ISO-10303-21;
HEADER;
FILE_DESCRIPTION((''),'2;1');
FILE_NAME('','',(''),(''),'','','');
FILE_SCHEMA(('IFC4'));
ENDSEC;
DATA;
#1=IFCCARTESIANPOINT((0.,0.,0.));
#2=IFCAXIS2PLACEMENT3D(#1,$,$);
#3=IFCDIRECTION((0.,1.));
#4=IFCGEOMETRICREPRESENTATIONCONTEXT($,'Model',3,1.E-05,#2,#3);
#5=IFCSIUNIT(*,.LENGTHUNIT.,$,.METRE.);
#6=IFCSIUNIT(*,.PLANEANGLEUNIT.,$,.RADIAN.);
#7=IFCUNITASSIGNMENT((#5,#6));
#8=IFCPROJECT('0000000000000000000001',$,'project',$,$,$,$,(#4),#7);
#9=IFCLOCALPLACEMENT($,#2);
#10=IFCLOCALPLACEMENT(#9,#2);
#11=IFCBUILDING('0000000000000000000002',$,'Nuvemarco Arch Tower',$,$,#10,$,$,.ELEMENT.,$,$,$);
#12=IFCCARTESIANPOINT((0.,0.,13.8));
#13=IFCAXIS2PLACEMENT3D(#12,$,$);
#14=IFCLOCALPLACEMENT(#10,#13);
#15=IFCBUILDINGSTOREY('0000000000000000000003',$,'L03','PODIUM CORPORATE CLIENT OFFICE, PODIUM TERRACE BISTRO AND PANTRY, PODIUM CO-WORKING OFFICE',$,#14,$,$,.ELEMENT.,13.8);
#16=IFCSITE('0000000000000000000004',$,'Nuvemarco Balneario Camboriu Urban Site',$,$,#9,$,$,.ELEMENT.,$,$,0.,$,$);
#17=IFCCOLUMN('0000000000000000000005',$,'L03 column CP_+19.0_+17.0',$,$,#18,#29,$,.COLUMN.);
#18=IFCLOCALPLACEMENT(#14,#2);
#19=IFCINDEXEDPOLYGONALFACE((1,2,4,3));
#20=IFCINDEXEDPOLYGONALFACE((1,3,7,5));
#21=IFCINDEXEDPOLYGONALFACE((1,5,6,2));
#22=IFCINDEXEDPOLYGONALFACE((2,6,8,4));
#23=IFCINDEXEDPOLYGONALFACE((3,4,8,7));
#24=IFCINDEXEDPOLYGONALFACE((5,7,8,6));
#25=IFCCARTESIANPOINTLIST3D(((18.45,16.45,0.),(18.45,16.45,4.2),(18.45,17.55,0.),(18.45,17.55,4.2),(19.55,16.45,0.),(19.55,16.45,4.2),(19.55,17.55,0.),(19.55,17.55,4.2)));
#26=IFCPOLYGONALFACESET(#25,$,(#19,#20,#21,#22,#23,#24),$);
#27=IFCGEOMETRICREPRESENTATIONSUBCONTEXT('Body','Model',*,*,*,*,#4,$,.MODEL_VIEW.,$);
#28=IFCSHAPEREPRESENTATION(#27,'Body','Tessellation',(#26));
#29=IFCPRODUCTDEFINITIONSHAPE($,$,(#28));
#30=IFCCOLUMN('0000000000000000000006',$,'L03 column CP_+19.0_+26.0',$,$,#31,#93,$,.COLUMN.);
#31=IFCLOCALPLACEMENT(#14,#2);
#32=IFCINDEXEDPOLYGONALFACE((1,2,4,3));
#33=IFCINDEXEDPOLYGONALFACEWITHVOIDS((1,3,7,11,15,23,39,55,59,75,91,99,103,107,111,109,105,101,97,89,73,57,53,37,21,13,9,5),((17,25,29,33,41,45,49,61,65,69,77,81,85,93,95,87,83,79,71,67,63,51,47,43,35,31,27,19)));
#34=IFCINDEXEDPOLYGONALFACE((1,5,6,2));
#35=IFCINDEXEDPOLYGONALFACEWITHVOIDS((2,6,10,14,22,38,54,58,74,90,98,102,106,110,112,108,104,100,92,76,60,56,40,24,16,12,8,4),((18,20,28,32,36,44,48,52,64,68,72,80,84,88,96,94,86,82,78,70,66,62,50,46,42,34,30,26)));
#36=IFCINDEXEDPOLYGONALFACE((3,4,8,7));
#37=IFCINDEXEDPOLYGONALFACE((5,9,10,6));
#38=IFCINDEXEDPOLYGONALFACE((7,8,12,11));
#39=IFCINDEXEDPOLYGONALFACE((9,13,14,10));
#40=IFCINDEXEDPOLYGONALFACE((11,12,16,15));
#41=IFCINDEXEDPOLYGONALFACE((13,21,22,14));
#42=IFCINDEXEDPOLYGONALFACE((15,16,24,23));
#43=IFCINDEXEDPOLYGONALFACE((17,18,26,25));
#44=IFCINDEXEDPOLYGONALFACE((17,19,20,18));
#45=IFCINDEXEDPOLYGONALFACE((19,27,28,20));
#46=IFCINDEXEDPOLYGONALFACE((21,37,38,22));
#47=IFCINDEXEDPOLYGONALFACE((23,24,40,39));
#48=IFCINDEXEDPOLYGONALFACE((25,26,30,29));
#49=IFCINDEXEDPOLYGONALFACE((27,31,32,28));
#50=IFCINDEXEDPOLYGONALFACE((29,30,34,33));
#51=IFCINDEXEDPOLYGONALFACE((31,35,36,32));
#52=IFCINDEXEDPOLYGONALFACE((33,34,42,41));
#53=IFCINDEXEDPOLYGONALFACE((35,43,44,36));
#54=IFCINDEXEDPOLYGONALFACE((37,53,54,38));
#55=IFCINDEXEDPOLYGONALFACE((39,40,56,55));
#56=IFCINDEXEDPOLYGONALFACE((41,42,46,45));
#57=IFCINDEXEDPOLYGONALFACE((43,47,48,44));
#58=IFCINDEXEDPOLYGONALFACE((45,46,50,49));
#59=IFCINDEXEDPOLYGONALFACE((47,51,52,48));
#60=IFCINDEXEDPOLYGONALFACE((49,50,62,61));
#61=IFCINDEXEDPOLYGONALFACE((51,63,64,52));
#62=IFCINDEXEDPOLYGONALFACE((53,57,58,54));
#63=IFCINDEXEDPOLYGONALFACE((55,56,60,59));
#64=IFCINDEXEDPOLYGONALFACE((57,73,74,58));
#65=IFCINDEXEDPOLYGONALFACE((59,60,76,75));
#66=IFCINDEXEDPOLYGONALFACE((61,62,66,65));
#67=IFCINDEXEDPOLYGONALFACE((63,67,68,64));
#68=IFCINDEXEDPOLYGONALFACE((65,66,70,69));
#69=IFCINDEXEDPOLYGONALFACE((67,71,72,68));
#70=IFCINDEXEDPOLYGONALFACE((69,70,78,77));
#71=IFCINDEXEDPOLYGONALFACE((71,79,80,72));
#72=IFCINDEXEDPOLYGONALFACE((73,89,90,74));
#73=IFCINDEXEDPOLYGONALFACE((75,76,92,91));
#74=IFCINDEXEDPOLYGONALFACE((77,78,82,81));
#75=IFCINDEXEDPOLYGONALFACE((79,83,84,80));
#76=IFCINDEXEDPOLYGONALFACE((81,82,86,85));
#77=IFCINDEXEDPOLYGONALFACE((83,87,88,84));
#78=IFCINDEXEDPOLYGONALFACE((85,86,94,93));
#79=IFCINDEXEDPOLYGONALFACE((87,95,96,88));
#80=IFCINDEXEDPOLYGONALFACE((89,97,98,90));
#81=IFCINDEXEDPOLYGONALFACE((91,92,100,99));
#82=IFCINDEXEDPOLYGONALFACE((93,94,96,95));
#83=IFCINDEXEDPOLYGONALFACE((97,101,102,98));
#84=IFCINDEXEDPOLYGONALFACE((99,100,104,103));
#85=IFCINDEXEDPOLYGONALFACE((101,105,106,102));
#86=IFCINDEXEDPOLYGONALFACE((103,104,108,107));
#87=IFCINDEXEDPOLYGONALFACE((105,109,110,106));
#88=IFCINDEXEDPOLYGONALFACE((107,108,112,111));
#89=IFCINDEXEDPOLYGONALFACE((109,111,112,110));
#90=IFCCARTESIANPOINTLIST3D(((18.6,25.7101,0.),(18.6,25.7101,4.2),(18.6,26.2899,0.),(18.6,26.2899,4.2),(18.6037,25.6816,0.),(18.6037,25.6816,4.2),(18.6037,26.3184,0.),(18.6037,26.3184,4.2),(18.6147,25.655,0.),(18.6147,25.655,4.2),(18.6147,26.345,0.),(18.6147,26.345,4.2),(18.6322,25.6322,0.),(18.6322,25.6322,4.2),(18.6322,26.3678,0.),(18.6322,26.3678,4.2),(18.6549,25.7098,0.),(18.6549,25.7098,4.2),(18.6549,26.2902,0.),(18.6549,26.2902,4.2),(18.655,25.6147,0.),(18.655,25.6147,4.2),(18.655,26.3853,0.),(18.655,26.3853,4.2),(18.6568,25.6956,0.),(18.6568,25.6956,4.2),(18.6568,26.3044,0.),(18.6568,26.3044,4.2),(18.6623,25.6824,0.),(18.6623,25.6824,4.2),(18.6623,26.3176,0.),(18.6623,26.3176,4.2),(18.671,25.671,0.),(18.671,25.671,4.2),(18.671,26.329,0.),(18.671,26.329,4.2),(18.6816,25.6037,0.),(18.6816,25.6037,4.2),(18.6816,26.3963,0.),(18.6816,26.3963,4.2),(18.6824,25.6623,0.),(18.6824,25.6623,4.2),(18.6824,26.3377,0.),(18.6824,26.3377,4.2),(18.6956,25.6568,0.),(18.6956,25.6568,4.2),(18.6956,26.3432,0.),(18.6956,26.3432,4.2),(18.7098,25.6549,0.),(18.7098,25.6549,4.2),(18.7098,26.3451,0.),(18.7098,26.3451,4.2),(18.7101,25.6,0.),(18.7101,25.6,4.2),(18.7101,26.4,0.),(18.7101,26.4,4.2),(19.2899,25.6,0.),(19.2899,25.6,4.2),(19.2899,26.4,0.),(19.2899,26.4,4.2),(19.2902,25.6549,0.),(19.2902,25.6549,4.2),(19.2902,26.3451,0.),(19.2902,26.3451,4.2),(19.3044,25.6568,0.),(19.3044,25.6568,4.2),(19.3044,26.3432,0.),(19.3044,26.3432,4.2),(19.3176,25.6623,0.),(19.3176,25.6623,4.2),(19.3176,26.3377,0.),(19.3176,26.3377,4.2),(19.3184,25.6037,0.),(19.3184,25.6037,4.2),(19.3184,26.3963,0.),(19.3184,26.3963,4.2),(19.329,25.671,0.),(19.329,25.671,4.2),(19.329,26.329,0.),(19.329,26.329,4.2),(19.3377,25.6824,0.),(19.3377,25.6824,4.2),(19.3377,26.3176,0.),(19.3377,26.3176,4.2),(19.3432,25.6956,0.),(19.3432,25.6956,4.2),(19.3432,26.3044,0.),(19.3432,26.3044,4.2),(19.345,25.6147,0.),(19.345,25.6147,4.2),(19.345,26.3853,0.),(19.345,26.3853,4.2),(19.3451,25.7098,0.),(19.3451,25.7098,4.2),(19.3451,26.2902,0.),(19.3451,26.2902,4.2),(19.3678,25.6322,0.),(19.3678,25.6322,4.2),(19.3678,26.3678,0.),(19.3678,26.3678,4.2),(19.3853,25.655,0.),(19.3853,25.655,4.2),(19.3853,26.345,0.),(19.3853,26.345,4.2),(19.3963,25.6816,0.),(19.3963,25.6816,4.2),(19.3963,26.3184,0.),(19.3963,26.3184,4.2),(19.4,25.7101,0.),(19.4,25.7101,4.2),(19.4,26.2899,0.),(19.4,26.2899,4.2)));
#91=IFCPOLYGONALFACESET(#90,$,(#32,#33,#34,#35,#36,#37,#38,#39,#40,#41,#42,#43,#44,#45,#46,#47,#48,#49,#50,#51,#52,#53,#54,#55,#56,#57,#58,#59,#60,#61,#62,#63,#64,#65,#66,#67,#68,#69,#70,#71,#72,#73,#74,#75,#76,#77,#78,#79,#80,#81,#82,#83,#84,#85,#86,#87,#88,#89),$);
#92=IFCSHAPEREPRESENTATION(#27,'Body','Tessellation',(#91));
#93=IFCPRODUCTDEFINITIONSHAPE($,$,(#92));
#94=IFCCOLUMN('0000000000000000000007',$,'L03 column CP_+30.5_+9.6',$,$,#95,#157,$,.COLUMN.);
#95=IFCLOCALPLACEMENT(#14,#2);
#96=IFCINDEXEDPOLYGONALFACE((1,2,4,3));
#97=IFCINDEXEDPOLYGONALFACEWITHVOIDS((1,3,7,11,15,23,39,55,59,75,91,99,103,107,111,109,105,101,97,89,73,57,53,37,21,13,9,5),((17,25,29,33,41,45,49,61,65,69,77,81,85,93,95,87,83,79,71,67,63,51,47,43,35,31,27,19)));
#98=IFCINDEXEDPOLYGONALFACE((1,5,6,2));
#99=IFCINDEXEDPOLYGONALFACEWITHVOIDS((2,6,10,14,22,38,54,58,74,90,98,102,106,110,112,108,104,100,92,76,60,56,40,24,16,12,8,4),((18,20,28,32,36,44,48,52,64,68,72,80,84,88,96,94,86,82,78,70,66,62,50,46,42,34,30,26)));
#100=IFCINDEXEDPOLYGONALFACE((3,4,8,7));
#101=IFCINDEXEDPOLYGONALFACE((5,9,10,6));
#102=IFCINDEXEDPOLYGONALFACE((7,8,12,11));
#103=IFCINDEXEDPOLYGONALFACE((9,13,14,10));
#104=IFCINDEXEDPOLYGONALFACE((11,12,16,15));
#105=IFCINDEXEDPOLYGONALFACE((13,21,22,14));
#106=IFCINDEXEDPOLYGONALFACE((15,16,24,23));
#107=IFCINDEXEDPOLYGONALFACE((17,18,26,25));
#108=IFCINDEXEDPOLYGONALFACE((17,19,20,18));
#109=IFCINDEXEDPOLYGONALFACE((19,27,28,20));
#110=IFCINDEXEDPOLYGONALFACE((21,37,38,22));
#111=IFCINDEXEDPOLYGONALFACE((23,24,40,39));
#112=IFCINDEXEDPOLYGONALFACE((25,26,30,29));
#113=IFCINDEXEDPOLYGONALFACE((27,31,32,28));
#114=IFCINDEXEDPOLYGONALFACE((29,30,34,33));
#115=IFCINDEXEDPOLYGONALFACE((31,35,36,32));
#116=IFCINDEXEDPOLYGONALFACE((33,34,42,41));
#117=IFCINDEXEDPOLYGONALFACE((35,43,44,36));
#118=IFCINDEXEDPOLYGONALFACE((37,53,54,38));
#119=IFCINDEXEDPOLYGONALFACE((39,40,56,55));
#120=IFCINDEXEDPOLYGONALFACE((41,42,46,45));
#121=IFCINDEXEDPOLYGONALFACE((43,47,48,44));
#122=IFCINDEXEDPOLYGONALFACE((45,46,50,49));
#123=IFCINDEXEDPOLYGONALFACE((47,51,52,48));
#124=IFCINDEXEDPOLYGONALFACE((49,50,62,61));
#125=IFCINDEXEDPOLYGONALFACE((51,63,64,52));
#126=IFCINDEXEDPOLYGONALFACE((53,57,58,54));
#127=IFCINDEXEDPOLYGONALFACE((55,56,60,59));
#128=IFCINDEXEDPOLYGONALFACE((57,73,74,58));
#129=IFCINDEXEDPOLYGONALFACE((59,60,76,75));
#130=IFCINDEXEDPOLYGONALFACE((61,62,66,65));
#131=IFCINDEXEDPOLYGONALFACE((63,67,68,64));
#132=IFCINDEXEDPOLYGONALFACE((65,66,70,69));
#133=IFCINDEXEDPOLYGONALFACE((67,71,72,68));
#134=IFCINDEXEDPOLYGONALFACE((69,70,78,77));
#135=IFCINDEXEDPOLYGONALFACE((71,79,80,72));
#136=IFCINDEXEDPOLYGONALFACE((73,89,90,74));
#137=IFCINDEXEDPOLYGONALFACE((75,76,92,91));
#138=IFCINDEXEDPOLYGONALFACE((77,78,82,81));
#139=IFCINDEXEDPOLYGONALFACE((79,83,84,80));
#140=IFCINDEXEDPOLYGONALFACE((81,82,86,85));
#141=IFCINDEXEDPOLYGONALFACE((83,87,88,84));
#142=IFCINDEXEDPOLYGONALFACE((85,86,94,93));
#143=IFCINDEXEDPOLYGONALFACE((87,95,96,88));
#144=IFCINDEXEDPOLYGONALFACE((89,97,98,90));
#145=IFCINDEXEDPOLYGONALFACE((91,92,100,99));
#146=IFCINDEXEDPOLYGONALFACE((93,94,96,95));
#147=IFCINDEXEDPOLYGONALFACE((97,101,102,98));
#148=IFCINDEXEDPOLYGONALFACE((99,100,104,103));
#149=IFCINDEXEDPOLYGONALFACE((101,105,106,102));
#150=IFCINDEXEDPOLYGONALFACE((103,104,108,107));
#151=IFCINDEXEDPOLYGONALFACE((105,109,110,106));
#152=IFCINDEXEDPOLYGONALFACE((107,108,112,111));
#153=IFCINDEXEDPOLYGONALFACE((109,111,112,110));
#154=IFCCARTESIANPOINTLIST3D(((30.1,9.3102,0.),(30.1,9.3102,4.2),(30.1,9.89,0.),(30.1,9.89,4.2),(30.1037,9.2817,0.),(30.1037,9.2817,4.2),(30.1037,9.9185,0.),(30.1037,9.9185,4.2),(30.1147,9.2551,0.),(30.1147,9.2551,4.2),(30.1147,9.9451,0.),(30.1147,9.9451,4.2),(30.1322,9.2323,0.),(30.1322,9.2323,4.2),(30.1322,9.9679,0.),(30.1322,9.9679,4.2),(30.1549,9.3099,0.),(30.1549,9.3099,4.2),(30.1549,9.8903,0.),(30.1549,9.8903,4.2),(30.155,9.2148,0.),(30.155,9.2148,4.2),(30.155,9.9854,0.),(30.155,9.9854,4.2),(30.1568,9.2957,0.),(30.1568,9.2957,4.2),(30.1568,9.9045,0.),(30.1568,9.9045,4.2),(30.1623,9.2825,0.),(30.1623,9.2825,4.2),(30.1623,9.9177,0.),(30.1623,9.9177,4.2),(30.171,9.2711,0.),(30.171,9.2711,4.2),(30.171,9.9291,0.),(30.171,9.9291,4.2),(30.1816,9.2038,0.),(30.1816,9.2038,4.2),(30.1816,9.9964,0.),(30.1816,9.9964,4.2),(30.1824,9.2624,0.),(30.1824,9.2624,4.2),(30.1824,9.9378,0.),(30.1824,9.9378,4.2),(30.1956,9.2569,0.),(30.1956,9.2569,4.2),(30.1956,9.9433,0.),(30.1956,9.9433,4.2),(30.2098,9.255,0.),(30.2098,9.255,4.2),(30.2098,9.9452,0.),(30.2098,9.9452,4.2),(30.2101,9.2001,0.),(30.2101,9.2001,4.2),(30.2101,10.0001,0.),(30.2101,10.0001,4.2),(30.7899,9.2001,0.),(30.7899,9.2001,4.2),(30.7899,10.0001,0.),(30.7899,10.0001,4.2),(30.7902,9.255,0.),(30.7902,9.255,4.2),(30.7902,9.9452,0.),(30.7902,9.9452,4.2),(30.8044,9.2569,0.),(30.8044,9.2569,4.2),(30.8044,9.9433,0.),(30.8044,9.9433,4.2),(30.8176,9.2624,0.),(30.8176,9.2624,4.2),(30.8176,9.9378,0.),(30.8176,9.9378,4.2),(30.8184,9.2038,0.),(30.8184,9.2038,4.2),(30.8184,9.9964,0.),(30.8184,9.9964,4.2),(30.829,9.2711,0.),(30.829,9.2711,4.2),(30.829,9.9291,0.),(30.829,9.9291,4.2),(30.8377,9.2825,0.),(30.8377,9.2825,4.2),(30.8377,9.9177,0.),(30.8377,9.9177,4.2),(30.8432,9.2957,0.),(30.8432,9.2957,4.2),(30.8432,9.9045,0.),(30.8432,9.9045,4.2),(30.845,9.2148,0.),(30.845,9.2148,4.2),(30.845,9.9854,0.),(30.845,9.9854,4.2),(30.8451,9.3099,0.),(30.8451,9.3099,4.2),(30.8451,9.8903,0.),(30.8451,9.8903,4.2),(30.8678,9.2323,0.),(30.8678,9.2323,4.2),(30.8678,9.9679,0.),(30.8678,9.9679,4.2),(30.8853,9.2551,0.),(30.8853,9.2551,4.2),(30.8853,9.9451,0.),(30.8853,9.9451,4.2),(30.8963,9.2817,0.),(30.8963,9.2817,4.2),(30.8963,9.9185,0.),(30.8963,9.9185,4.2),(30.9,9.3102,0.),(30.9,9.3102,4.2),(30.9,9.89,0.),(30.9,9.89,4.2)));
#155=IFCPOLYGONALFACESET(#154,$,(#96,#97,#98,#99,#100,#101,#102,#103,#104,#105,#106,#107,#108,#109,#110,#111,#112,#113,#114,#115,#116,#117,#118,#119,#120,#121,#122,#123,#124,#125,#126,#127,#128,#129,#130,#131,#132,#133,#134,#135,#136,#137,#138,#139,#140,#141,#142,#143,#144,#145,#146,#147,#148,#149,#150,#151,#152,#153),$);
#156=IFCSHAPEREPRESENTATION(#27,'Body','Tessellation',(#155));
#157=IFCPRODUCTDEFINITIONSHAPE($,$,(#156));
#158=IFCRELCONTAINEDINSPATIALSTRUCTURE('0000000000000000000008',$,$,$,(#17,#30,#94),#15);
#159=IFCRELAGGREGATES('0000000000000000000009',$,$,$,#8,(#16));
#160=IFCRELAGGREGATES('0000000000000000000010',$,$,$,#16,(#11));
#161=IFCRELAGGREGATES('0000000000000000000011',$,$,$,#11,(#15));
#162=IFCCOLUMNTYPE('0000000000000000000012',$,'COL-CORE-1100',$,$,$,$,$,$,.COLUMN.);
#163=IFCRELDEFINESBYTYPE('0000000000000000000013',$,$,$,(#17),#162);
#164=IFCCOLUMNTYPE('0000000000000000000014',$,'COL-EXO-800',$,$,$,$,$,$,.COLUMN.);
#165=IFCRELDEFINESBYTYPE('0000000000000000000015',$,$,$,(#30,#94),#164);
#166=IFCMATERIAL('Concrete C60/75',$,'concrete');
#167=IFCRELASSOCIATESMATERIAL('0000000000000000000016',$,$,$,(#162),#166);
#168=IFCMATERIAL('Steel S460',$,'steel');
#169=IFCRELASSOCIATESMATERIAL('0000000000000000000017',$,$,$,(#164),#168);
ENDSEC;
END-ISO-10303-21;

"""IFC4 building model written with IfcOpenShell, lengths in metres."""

from ifc_helpers import new_model, si_unit, direction, frame, origin, origin_2d, place, context, subcontext, project, spatial, rectangle, hollow_rectangle, extrude, material, material_profile, profile_set, type_object, element, save


model = new_model("IFC4")

# Units and contexts
model_context = context("Model", 3, precision=1e-05, world=origin(), true_north=direction((0.0, 1.0)))
body_context = subcontext(model_context, "Body", "Model", "MODEL_VIEW")
ifc_project = project(units=[si_unit("LENGTHUNIT", "METRE"), si_unit("PLANEANGLEUNIT", "RADIAN")], contexts=[model_context])

# Site, building, storey
site_placement = place(None, origin())
site = spatial("IfcSite", under=ifc_project, at=site_placement, Name="Nuvemarco Balneario Camboriu Urban Site", CompositionType="ELEMENT", RefElevation=0.0)
building_placement = place(site_placement, origin())
building = spatial("IfcBuilding", under=site, at=building_placement, Name="Nuvemarco Arch Tower", CompositionType="ELEMENT")
storey_placement = place(building_placement, frame((0.0, 0.0, 13.8)))
storey = spatial("IfcBuildingStorey", under=building, at=storey_placement, Name="L03", Description="PODIUM CORPORATE CLIENT OFFICE, PODIUM TERRACE BISTRO AND PANTRY, PODIUM CO-WORKING OFFICE", CompositionType="ELEMENT", Elevation=13.8)

# Columns
ifc_material_1 = material(Name="Concrete C60/75", Category="concrete")
ifc_material_profile_1 = material_profile(ifc_material_1, rectangle(XDim=1.1001, YDim=1.1001, at=origin_2d()), Name="RC-COL-1100x1100")
ifc_profile_set_1 = profile_set([ifc_material_profile_1], Name="Concrete C60/75")
column_type_1 = type_object("IfcColumnType", Name="COL-CORE-1100", PredefinedType="COLUMN", material=ifc_profile_set_1)
column_placement = place(storey_placement, frame((19.0, 17.0, 0.0), z_axis=(0.0, 0.0, 1.0), x_axis=(1.0, 0.0, 0.0)))
element("IfcColumn", 1, at=column_placement, inside=storey, type_object=column_type_1, Name="L03 column CP_+19.0_+17.0", PredefinedType="COLUMN", context=body_context, shape_type="SweptSolid", body=[
    extrude(rectangle(XDim=1.1001, YDim=1.1001, at=origin_2d()), origin(), (0.0, 0.0, 1.0), 4.2),
])
ifc_material_2 = material(Name="Steel S460", Category="steel")
ifc_material_profile_2 = material_profile(ifc_material_2, hollow_rectangle(XDim=0.8, YDim=0.8, WallThickness=0.0549, InnerFilletRadius=0.0549, OuterFilletRadius=0.1101, at=origin_2d()), Name="SHS800x800x55")
ifc_profile_set_2 = profile_set([ifc_material_profile_2], Name="Steel S460")
column_type_2 = type_object("IfcColumnType", Name="COL-EXO-800", PredefinedType="COLUMN", material=ifc_profile_set_2)
for number, where, z_axis, x_axis, name in (
    (2, (19.0, 26.0, 0.0), (0.0, 0.0, 1.0), (1.0, 0.0, 0.0), "L03 column CP_+19.0_+26.0"),
    (3, (30.5, 9.6001, 0.0), (0.0, 0.0, 1.0), (1.0, 0.0, 0.0), "L03 column CP_+30.5_+9.6"),
):
    element("IfcColumn", number, at=place(storey_placement, frame(where, z_axis=z_axis, x_axis=x_axis)), inside=storey, type_object=column_type_2, Name=name, PredefinedType="COLUMN", context=body_context, shape_type="SweptSolid", body=[
        extrude(hollow_rectangle(XDim=0.8, YDim=0.8, WallThickness=0.0549, InnerFilletRadius=0.0549, OuterFilletRadius=0.1101, at=origin_2d()), origin(), (0.0, 0.0, 1.0), 4.2),
    ])

save(model, "model.ifc")
